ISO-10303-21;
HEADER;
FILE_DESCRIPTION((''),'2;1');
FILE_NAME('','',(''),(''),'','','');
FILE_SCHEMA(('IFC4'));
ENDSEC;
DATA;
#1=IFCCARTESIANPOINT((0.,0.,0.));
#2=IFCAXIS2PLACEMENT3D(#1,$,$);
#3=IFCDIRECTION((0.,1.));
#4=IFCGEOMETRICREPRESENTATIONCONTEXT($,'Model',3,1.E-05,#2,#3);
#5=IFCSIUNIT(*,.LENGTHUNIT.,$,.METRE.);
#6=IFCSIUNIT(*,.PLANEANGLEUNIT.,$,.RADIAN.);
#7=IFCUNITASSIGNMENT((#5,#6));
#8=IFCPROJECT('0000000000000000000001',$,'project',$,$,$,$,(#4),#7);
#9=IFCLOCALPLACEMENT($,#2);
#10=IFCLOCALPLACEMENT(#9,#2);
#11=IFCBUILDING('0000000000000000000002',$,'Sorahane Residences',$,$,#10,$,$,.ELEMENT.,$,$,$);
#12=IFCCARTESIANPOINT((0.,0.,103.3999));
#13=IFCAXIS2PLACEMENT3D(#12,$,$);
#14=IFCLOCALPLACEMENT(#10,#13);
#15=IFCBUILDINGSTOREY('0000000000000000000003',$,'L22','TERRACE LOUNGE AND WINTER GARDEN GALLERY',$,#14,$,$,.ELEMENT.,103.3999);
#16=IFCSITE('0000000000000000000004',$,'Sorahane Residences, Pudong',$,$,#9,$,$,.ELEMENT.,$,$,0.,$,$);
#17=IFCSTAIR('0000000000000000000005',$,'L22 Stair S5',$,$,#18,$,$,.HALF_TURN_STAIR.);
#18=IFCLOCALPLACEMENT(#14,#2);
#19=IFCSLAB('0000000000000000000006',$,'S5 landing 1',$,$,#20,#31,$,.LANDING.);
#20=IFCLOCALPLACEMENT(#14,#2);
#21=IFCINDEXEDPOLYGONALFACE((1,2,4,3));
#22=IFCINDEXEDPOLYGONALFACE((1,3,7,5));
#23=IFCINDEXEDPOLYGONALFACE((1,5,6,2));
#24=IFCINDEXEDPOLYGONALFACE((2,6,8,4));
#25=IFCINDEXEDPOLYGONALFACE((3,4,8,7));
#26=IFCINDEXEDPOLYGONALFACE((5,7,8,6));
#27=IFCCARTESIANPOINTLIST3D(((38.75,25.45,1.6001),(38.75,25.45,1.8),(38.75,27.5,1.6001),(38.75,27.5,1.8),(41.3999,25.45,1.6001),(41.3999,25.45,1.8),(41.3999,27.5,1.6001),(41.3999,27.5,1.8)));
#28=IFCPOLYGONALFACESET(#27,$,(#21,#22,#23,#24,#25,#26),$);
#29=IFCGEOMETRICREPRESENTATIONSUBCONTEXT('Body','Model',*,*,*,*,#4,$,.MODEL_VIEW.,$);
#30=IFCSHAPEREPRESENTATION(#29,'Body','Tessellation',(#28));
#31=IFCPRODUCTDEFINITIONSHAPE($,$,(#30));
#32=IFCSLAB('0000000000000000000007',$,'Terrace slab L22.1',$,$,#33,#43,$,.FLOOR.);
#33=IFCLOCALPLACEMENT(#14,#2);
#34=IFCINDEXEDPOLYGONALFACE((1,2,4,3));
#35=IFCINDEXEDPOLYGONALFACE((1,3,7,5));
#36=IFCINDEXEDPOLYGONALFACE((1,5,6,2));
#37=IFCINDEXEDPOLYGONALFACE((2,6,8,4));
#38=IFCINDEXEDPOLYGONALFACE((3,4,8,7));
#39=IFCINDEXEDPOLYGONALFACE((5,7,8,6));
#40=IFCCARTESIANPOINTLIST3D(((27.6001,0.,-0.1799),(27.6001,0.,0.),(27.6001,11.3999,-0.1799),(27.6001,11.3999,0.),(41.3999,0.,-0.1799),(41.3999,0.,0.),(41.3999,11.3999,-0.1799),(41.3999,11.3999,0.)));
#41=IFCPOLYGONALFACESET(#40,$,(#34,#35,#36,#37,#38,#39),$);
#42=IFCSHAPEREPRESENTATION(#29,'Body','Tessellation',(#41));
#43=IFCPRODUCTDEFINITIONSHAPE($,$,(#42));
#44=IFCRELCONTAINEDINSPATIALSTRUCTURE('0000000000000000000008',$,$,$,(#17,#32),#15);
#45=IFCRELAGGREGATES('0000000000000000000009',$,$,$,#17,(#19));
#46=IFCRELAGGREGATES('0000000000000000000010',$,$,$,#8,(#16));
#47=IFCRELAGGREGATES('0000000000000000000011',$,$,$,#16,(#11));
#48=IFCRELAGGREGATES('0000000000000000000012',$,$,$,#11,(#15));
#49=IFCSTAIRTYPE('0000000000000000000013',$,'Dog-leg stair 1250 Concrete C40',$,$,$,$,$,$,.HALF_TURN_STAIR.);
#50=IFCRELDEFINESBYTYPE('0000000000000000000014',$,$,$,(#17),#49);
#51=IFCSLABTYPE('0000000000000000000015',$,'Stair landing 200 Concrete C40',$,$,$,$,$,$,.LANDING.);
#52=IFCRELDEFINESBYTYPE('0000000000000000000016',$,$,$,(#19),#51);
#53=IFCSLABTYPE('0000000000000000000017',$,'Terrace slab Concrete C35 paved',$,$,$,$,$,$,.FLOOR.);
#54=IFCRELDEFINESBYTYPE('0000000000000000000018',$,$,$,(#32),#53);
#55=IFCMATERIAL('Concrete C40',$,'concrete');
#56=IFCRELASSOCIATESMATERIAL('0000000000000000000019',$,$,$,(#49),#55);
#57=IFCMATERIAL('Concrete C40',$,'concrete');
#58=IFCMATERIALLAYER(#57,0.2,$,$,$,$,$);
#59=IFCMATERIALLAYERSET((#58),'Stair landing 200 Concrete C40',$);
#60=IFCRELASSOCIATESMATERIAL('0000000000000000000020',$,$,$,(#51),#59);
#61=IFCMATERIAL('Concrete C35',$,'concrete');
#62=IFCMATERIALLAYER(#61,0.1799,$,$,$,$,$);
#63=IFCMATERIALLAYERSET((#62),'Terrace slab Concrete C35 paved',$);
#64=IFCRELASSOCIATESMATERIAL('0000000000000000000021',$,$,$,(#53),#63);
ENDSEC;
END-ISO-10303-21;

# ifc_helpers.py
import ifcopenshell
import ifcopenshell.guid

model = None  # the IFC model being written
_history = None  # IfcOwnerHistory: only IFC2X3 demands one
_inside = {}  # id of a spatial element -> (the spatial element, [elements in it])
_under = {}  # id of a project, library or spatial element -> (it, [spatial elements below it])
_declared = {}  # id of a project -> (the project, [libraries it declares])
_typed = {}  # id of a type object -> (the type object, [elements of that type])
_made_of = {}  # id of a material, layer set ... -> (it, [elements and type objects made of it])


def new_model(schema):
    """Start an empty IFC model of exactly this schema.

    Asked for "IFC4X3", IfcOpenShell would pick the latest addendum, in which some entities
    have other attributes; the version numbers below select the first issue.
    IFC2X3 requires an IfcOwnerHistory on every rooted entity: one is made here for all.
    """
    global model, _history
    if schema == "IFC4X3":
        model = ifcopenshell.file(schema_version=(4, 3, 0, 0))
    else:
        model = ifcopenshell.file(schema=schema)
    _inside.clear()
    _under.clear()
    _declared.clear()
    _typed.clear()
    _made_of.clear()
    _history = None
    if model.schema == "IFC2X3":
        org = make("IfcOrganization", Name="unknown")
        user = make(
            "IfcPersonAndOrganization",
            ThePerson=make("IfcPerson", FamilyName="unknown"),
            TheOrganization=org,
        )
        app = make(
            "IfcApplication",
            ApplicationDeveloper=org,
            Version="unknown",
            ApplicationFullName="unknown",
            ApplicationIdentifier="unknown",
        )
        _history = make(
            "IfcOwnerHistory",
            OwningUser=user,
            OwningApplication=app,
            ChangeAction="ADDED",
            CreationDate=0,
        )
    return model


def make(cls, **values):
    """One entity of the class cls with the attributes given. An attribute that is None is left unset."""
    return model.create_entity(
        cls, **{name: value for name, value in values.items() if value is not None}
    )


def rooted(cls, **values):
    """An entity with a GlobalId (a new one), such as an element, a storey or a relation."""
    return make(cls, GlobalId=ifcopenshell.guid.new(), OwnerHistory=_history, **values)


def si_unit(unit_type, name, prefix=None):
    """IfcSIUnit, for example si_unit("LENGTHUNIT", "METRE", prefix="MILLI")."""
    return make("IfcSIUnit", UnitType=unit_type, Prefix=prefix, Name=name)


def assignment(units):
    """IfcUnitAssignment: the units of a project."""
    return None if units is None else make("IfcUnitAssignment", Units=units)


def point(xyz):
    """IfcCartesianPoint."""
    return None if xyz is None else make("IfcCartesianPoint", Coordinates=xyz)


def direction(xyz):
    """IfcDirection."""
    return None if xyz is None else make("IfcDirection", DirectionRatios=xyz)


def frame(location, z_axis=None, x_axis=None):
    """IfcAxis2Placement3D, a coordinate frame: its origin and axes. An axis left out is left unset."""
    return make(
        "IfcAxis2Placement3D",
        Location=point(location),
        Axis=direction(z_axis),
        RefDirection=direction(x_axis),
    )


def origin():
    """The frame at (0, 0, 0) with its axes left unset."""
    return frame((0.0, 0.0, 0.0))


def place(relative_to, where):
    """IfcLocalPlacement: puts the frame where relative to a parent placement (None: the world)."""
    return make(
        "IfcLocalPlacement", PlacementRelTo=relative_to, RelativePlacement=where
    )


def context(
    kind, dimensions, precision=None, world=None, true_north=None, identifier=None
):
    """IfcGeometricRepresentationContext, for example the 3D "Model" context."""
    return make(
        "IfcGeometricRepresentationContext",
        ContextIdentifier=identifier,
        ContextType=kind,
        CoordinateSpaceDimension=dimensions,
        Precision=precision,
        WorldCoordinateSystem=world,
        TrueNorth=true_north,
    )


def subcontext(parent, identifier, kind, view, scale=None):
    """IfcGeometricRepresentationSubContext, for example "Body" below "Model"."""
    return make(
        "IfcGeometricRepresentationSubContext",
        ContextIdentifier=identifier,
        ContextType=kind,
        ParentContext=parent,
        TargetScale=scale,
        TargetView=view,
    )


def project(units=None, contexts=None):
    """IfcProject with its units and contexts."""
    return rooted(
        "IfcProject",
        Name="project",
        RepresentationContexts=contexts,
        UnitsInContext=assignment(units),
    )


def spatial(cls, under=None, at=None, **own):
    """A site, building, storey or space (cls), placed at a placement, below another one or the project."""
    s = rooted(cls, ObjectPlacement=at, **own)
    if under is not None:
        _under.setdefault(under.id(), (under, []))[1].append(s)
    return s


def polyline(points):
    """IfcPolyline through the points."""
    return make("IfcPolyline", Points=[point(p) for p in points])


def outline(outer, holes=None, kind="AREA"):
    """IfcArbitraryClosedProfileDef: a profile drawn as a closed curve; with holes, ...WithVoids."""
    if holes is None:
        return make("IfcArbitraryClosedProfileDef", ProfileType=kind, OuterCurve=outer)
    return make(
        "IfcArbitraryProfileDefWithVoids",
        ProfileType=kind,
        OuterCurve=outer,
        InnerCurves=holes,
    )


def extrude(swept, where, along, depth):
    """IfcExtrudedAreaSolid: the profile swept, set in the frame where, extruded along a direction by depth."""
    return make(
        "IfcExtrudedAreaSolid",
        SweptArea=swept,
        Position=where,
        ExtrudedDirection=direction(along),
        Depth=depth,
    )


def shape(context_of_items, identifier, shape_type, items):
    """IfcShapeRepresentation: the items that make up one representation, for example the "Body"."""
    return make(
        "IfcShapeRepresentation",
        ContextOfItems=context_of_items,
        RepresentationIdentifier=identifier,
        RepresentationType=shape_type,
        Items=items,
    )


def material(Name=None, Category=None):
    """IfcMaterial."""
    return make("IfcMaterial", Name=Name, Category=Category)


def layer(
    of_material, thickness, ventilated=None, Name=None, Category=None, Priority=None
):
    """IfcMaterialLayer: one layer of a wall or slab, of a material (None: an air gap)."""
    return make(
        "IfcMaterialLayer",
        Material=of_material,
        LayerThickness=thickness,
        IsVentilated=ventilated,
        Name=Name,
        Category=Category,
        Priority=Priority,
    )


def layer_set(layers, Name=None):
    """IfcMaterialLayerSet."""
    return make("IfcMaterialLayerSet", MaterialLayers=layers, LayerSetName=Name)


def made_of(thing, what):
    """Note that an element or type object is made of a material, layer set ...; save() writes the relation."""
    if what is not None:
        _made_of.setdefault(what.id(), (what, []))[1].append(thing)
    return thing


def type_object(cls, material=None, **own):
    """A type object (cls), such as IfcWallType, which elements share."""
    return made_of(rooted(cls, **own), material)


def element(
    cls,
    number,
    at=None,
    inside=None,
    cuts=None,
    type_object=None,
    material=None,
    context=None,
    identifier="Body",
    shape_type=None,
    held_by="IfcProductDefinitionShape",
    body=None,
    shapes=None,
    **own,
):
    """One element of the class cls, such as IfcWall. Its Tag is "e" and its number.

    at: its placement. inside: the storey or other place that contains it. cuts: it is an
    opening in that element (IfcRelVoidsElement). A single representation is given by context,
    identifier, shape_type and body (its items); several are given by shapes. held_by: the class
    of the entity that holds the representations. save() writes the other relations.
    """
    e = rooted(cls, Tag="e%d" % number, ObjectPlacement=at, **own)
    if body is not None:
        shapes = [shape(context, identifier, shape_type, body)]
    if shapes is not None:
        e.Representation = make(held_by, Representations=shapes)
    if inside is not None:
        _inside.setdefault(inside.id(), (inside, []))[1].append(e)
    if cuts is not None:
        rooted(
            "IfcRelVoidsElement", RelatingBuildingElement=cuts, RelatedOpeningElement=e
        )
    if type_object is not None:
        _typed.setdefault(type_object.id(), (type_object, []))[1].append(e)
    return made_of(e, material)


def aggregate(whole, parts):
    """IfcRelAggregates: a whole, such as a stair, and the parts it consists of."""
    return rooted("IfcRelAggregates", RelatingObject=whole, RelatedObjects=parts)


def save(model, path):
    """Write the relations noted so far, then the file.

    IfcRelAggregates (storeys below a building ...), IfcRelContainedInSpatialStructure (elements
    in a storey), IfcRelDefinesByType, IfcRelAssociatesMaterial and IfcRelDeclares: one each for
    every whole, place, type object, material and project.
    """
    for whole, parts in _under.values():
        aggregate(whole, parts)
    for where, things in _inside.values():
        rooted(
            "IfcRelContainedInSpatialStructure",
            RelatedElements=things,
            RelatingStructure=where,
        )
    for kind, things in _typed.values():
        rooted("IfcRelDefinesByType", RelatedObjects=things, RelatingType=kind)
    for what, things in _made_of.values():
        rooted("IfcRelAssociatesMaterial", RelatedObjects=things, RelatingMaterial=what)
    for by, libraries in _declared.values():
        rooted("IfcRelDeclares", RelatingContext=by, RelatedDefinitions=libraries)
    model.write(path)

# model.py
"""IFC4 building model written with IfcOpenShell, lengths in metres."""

from ifc_helpers import new_model, si_unit, direction, frame, origin, place, context, subcontext, project, spatial, polyline, outline, extrude, material, layer, layer_set, type_object, element, aggregate, save


model = new_model("IFC4")

# Units and contexts
model_context = context("Model", 3, precision=1e-05, world=origin(), true_north=direction((0.0, 1.0)))
body_context = subcontext(model_context, "Body", "Model", "MODEL_VIEW")
ifc_project = project(units=[si_unit("LENGTHUNIT", "METRE"), si_unit("PLANEANGLEUNIT", "RADIAN")], contexts=[model_context])

# Site, building, storey
site_placement = place(None, origin())
site = spatial("IfcSite", under=ifc_project, at=site_placement, Name="Sorahane Residences, Pudong", CompositionType="ELEMENT", RefElevation=0.0)
building_placement = place(site_placement, origin())
building = spatial("IfcBuilding", under=site, at=building_placement, Name="Sorahane Residences", CompositionType="ELEMENT")
storey_placement = place(building_placement, frame((0.0, 0.0, 103.3999)))
storey = spatial("IfcBuildingStorey", under=building, at=storey_placement, Name="L22", Description="TERRACE LOUNGE AND WINTER GARDEN GALLERY", CompositionType="ELEMENT", Elevation=103.3999)

# Stair, slab
ifc_material_1 = material(Name="Concrete C40", Category="concrete")
stair_type = type_object("IfcStairType", Name="Dog-leg stair 1250 Concrete C40", PredefinedType="HALF_TURN_STAIR", material=ifc_material_1)
ifc_material_2 = material(Name="Concrete C40", Category="concrete")
ifc_layer_1 = layer(ifc_material_2, 0.2)
ifc_layer_set_1 = layer_set([ifc_layer_1], Name="Stair landing 200 Concrete C40")
slab_type_1 = type_object("IfcSlabType", Name="Stair landing 200 Concrete C40", PredefinedType="LANDING", material=ifc_layer_set_1)
stair_1_placement = place(storey_placement, origin())
stair_1 = element("IfcStair", 1, at=stair_1_placement, inside=storey, type_object=stair_type, Name="L22 Stair S5", PredefinedType="HALF_TURN_STAIR")
slab_1_placement = place(storey_placement, frame((0.0, 0.0, 1.6001)))
slab_1 = element("IfcSlab", 2, at=slab_1_placement, type_object=slab_type_1, Name="S5 landing 1", PredefinedType="LANDING", context=body_context, shape_type="SweptSolid", body=[
    extrude(outline(polyline([(41.3999, 25.45), (41.3999, 27.5), (38.75, 27.5), (38.75, 25.45), (41.3999, 25.45)])), origin(), (0.0, 0.0, 1.0), 0.2),
])
aggregate(stair_1, [slab_1])

# Slab
ifc_material_3 = material(Name="Concrete C35", Category="concrete")
ifc_layer_2 = layer(ifc_material_3, 0.1799)
ifc_layer_set_2 = layer_set([ifc_layer_2], Name="Terrace slab Concrete C35 paved")
slab_type_2 = type_object("IfcSlabType", Name="Terrace slab Concrete C35 paved", PredefinedType="FLOOR", material=ifc_layer_set_2)
slab_2_placement = place(storey_placement, frame((0.0, 0.0, -0.1799)))
element("IfcSlab", 3, at=slab_2_placement, inside=storey, type_object=slab_type_2, Name="Terrace slab L22.1", PredefinedType="FLOOR", context=body_context, shape_type="SweptSolid", body=[
    extrude(outline(polyline([(27.6001, 0.0), (27.6001, 11.3999), (41.3999, 11.3999), (41.3999, 0.0), (27.6001, 0.0)])), origin(), (0.0, 0.0, 1.0), 0.1799),
])

save(model, "model.ifc")
